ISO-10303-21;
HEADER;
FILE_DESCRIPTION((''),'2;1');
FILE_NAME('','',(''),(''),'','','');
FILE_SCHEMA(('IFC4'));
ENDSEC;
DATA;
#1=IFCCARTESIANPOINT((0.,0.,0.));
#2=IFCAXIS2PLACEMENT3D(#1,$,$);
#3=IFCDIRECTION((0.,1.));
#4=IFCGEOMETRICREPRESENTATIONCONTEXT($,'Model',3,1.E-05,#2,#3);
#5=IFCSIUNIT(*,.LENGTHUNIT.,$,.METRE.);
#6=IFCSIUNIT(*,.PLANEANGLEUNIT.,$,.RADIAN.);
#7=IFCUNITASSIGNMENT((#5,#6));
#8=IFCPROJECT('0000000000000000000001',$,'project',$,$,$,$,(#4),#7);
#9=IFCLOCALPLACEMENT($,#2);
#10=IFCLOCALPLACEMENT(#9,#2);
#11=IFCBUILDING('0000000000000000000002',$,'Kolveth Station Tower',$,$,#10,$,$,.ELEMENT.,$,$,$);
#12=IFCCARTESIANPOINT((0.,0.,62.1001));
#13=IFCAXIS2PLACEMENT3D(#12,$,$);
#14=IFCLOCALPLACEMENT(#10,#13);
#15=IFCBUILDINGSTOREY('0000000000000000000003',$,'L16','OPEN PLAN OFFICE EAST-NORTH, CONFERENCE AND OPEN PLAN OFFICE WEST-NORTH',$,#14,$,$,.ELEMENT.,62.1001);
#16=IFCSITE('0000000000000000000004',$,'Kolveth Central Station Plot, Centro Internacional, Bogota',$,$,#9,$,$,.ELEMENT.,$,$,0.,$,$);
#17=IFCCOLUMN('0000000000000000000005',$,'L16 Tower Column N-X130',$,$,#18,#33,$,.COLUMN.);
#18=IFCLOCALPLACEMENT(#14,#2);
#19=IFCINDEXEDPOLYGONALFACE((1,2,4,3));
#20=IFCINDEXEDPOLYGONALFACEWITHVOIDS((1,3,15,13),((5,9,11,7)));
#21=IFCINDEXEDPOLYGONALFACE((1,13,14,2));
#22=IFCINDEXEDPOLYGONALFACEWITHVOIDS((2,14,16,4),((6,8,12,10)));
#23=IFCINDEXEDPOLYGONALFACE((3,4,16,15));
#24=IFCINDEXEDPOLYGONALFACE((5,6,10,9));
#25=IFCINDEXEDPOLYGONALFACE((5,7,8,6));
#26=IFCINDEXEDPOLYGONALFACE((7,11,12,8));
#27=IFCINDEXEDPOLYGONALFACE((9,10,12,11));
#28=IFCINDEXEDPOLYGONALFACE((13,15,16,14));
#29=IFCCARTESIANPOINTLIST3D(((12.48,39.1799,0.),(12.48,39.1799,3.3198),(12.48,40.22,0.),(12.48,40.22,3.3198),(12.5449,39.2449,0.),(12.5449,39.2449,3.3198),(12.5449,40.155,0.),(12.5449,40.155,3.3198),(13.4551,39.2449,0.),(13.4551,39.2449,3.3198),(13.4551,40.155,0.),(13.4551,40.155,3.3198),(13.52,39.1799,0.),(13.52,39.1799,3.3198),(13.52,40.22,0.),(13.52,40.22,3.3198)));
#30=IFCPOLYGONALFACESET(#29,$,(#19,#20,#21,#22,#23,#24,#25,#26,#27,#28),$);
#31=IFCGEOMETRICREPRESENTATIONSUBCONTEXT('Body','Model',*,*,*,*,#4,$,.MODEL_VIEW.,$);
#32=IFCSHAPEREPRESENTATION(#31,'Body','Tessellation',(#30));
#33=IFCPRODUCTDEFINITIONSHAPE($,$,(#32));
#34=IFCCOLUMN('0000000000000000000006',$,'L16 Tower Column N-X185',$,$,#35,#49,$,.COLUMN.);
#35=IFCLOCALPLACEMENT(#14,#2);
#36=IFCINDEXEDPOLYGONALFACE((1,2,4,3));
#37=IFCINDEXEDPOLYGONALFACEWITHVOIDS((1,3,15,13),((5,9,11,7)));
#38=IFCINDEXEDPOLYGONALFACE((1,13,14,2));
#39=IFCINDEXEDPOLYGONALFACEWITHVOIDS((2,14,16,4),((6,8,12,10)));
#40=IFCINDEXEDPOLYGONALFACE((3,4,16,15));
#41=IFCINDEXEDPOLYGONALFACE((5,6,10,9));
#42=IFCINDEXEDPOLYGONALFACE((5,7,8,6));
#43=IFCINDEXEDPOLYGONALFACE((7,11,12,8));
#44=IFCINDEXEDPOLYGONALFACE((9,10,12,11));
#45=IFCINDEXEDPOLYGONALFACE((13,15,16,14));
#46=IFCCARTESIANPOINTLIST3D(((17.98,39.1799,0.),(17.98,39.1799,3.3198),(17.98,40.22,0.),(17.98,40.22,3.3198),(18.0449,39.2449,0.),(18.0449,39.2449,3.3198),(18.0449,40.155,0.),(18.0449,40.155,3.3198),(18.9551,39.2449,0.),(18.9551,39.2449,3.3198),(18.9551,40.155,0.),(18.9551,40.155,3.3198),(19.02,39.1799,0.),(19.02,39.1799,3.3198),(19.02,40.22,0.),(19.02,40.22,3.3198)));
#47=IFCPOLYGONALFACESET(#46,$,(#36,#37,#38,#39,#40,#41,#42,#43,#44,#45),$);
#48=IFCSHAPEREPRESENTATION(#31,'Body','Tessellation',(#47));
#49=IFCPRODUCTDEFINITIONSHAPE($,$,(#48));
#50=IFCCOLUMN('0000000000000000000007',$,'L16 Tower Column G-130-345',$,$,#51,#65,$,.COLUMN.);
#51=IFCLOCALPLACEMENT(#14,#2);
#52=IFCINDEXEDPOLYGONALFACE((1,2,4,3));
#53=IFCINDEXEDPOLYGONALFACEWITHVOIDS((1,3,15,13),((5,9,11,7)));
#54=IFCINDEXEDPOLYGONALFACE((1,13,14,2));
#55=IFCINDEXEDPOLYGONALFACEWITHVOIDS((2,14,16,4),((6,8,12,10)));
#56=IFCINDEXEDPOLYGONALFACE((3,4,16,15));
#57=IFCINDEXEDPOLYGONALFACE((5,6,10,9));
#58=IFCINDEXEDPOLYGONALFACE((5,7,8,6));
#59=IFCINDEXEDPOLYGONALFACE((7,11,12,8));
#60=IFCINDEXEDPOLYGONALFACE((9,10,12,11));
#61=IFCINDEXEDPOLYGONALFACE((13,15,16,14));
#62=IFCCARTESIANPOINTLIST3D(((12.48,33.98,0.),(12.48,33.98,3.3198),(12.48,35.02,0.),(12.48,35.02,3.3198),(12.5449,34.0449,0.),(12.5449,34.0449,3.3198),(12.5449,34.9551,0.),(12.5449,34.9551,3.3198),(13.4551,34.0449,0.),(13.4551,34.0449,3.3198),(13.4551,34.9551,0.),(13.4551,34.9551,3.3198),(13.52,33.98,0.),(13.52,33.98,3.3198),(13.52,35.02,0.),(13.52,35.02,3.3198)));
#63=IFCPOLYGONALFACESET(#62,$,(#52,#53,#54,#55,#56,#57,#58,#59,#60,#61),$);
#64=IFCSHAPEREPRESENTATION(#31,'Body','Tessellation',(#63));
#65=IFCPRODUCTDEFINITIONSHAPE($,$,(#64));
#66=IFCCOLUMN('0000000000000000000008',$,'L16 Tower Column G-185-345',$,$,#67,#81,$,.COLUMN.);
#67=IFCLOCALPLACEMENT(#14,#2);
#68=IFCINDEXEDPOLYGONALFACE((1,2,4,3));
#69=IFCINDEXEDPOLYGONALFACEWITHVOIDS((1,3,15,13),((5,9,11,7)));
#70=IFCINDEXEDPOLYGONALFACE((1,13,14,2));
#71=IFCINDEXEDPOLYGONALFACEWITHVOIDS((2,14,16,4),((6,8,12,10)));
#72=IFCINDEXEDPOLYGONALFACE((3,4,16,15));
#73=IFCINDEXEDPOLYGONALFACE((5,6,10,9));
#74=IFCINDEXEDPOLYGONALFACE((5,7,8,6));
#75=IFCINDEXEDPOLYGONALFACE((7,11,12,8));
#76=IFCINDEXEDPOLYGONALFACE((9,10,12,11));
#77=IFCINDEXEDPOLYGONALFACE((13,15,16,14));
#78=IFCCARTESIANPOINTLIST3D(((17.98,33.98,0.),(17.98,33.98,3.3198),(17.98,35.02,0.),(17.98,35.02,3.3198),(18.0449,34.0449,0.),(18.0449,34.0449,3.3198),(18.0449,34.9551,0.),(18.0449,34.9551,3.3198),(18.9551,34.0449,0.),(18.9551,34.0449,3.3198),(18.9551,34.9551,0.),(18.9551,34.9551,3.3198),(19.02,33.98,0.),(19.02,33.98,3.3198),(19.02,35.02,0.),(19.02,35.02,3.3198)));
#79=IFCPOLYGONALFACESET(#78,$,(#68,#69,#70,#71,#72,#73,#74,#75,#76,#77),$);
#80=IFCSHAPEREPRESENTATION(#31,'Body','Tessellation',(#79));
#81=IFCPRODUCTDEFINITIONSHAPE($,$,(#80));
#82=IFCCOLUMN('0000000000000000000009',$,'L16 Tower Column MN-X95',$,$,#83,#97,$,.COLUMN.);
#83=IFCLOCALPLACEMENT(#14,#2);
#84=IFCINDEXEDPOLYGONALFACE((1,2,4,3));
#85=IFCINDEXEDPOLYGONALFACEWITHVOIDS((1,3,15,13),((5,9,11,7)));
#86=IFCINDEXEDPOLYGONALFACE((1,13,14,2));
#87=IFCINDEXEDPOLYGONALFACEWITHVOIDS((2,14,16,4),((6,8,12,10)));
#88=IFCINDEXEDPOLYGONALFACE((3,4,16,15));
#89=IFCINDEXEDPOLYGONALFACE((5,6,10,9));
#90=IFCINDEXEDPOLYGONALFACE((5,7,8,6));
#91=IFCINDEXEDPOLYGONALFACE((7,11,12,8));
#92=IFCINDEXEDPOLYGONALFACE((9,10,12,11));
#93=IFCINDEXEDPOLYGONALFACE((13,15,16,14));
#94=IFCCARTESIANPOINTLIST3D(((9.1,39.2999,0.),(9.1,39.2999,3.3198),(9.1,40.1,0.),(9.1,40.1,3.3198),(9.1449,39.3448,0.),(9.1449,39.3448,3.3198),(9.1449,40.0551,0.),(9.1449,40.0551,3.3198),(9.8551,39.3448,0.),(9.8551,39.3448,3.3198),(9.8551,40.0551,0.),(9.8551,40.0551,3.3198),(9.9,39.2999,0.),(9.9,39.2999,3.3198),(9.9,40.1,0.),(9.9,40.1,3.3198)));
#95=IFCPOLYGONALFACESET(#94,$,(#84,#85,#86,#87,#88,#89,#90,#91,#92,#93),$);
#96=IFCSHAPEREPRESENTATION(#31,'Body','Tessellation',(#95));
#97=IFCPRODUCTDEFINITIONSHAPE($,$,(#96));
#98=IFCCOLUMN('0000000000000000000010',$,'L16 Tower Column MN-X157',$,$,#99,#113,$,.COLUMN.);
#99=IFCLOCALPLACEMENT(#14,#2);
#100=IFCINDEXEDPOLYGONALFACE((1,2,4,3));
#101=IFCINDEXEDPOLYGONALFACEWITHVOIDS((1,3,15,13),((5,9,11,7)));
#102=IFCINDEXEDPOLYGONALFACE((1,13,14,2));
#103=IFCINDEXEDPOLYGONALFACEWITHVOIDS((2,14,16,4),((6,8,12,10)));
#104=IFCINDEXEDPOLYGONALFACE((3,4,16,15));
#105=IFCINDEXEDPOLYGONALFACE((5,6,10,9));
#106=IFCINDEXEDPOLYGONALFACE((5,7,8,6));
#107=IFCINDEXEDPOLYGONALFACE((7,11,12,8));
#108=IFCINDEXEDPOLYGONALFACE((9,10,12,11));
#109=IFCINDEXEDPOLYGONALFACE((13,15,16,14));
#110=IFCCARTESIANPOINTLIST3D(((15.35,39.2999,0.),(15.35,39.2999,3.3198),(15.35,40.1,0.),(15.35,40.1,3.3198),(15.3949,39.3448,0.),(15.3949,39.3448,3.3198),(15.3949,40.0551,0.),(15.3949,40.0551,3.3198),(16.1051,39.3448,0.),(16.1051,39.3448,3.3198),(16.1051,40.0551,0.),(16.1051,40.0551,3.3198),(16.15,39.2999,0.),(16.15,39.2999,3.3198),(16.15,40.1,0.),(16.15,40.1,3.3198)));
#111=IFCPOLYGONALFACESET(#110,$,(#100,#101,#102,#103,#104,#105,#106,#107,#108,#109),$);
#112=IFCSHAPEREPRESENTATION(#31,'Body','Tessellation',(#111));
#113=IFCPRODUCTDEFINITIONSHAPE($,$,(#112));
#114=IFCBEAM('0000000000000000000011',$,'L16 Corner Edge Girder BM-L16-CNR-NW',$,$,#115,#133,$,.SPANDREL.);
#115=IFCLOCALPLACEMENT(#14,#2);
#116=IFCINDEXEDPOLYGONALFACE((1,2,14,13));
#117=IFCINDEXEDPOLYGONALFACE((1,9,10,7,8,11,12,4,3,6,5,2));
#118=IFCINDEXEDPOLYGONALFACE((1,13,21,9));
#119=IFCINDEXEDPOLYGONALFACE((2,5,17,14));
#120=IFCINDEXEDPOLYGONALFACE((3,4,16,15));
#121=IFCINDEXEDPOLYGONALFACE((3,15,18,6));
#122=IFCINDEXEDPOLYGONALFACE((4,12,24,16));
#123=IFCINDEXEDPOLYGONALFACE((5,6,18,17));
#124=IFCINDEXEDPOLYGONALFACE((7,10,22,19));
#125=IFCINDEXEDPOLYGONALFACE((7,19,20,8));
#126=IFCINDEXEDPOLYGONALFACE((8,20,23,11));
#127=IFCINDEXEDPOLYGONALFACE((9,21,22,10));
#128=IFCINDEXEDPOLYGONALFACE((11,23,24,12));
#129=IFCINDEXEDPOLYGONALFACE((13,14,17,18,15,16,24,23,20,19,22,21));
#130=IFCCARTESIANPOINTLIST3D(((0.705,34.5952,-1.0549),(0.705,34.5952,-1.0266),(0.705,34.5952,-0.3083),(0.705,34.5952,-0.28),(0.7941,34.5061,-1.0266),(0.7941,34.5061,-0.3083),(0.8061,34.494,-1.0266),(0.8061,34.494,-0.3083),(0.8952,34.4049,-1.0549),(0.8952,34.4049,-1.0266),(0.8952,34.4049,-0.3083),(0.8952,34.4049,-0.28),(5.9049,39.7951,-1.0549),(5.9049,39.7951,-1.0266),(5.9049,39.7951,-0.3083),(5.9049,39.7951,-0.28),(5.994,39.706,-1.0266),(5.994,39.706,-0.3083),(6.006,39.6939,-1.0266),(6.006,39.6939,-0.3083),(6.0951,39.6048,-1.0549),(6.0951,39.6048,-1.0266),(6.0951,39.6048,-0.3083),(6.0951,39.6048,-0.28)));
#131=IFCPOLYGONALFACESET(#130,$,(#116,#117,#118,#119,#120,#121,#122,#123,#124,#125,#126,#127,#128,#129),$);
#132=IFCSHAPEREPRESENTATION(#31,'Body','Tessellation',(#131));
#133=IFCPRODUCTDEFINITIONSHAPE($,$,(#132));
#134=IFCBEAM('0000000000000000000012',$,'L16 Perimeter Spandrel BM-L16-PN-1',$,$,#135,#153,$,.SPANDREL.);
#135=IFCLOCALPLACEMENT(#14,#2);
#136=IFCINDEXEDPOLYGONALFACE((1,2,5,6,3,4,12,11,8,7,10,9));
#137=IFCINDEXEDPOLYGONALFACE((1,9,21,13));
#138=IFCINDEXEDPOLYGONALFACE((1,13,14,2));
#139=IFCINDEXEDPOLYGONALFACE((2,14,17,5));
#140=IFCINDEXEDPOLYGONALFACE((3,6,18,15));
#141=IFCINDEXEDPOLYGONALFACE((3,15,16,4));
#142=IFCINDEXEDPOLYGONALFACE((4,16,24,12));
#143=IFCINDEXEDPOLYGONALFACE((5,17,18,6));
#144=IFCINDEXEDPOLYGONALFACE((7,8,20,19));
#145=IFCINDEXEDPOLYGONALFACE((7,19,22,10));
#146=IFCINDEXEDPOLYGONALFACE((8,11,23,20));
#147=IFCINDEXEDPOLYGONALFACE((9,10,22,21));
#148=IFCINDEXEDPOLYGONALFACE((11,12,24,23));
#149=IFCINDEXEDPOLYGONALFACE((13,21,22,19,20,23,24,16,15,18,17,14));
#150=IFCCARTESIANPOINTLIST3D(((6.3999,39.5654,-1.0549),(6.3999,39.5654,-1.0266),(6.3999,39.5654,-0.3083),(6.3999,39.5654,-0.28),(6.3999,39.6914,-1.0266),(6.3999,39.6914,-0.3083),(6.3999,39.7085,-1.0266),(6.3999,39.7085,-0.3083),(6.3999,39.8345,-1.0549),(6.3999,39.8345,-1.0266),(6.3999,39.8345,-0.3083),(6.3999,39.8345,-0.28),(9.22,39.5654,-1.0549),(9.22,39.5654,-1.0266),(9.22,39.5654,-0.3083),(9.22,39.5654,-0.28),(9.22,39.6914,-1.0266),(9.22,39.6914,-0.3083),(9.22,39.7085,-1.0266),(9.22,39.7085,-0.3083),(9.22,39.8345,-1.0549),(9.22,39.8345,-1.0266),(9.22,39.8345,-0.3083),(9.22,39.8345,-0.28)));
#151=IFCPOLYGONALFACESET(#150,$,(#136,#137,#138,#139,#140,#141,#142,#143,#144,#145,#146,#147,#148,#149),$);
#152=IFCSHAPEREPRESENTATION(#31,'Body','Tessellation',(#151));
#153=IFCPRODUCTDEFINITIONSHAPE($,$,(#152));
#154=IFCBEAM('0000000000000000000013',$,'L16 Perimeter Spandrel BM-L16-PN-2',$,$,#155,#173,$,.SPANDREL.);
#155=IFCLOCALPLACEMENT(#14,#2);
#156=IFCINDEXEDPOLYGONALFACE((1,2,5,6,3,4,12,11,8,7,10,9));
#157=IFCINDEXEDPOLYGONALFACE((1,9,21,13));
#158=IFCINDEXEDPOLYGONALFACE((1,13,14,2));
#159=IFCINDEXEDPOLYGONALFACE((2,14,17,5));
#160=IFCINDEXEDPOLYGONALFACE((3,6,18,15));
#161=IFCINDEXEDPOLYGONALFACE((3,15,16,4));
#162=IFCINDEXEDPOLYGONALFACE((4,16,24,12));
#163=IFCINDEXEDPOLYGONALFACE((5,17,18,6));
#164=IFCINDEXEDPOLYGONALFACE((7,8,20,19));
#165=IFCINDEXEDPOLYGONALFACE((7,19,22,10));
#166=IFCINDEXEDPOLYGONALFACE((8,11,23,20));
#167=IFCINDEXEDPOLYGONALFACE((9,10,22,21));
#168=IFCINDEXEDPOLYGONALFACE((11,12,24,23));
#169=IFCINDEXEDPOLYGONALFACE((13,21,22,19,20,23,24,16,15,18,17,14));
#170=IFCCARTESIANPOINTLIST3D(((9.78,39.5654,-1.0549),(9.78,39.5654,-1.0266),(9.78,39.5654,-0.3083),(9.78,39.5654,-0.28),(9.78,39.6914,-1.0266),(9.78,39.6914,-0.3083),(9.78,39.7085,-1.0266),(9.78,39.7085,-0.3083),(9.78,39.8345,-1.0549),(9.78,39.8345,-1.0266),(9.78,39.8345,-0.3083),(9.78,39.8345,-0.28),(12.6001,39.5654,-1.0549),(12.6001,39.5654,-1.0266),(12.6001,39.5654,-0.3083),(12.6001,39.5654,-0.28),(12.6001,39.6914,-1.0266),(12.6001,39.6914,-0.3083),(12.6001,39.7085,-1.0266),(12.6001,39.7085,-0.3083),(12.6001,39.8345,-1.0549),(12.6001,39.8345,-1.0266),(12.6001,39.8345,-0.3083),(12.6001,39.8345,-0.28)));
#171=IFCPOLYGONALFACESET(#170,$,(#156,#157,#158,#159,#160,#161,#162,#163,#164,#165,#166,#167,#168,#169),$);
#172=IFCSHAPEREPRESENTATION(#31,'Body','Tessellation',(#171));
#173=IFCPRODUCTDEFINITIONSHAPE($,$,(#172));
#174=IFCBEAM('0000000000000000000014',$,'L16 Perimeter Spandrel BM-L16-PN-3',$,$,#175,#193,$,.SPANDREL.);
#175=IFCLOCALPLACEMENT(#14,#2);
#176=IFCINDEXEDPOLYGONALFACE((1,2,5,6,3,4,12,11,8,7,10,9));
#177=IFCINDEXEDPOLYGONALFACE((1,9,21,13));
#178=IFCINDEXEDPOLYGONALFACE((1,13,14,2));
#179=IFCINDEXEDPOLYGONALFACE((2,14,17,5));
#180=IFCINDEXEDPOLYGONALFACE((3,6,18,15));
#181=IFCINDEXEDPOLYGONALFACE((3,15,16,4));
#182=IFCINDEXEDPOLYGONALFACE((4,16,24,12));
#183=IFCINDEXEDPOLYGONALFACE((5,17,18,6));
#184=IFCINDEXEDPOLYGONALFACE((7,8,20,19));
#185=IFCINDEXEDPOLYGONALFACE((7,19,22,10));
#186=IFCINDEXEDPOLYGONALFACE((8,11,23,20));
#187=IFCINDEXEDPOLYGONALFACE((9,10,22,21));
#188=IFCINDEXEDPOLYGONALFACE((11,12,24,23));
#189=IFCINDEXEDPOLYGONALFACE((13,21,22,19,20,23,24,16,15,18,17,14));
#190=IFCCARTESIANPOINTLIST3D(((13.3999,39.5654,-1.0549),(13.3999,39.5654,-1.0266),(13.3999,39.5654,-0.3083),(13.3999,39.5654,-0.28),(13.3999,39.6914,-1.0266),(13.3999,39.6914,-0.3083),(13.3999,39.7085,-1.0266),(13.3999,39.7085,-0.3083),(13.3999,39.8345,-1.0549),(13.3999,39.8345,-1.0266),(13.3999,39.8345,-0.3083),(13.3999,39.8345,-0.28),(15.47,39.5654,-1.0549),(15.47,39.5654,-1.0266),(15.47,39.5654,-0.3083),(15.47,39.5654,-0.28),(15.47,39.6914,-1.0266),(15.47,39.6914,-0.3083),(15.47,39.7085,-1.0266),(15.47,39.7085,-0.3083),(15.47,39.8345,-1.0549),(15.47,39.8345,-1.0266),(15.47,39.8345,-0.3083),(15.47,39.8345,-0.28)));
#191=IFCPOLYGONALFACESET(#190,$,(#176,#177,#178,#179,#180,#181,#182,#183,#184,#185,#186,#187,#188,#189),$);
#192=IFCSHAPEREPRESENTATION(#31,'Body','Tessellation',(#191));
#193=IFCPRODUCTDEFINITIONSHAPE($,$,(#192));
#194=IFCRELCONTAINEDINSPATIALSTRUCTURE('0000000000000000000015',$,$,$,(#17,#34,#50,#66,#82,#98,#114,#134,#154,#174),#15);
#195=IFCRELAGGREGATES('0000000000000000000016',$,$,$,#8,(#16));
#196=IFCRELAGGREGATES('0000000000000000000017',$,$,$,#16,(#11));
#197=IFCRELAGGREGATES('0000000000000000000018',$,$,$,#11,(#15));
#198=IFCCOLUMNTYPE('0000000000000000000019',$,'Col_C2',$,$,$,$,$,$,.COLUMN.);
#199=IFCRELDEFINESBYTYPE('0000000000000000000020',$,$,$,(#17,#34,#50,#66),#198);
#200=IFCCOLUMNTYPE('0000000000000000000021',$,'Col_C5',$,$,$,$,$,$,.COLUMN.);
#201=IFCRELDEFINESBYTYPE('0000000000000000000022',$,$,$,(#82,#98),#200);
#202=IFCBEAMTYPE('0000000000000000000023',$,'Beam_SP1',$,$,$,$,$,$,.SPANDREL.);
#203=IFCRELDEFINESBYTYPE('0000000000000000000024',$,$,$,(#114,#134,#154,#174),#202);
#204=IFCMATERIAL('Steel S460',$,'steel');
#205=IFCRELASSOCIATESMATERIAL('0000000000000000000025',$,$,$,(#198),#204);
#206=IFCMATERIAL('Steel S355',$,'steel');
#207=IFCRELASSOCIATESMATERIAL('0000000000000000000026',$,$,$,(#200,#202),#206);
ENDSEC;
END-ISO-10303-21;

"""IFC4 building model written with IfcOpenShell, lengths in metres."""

from ifc_helpers import new_model, si_unit, direction, frame, origin, origin_2d, place, context, subcontext, project, spatial, hollow_rectangle, i_section, extrude, source, transform, mapped, material, material_profile, profile_set, type_object, element, save


model = new_model("IFC4")

# Units and contexts
model_context = context("Model", 3, precision=1e-05, world=origin(), true_north=direction((0.0, 1.0)))
body_context = subcontext(model_context, "Body", "Model", "MODEL_VIEW")
ifc_project = project(units=[si_unit("LENGTHUNIT", "METRE"), si_unit("PLANEANGLEUNIT", "RADIAN")], contexts=[model_context])

# Site, building, storey
site_placement = place(None, origin())
site = spatial("IfcSite", under=ifc_project, at=site_placement, Name="Kolveth Central Station Plot, Centro Internacional, Bogota", CompositionType="ELEMENT", RefElevation=0.0)
building_placement = place(site_placement, origin())
building = spatial("IfcBuilding", under=site, at=building_placement, Name="Kolveth Station Tower", CompositionType="ELEMENT")
storey_placement = place(building_placement, frame((0.0, 0.0, 62.1001)))
storey = spatial("IfcBuildingStorey", under=building, at=storey_placement, Name="L16", Description="OPEN PLAN OFFICE EAST-NORTH, CONFERENCE AND OPEN PLAN OFFICE WEST-NORTH", CompositionType="ELEMENT", Elevation=62.1001)

# Columns
ifc_material_1 = material(Name="Steel S460", Category="steel")
ifc_material_profile_1 = material_profile(ifc_material_1, hollow_rectangle(XDim=1.04, YDim=1.04, WallThickness=0.0649, at=origin_2d()), Name="BOX1040x1040x65")
ifc_profile_set_1 = profile_set([ifc_material_profile_1], Name="Steel S460")
column_type_1 = type_object("IfcColumnType", Name="Col_C2", PredefinedType="COLUMN", material=ifc_profile_set_1)
shared_shape_1 = source(origin(), body_context, "Body", "SweptSolid", [
    extrude(hollow_rectangle(XDim=1.04, YDim=1.04, WallThickness=0.0649, at=origin_2d()), origin(), (0.0, 0.0, 1.0), 3.3198),
])
for number, where, z_axis, x_axis, name in (
    (1, (13.0, 39.7, 0.0), (0.0, 0.0, 1.0), (1.0, 0.0, 0.0), "L16 Tower Column N-X130"),
    (2, (18.5, 39.7, 0.0), (0.0, 0.0, 1.0), (1.0, 0.0, 0.0), "L16 Tower Column N-X185"),
    (3, (13.0, 34.5, 0.0), (0.0, 0.0, 1.0), (1.0, 0.0, 0.0), "L16 Tower Column G-130-345"),
    (4, (18.5, 34.5, 0.0), (0.0, 0.0, 1.0), (1.0, 0.0, 0.0), "L16 Tower Column G-185-345"),
):
    element("IfcColumn", number, at=place(storey_placement, frame(where, z_axis=z_axis, x_axis=x_axis)), inside=storey, type_object=column_type_1, Name=name, PredefinedType="COLUMN", context=body_context, shape_type="MappedRepresentation", body=[
        mapped(shared_shape_1, transform((0.0, 0.0, 0.0), x_axis=(1.0, 0.0, 0.0), y_axis=(0.0, 1.0, 0.0), z_axis=(0.0, 0.0, 1.0), scale=1.0)),
    ])
ifc_material_2 = material(Name="Steel S355", Category="steel")
ifc_material_profile_2 = material_profile(ifc_material_2, hollow_rectangle(XDim=0.8, YDim=0.8, WallThickness=0.0449, at=origin_2d()), Name="BOX800x800x45")
ifc_profile_set_2 = profile_set([ifc_material_profile_2], Name="Steel S355")
column_type_2 = type_object("IfcColumnType", Name="Col_C5", PredefinedType="COLUMN", material=ifc_profile_set_2)
shared_shape_2 = source(origin(), body_context, "Body", "SweptSolid", [
    extrude(hollow_rectangle(XDim=0.8, YDim=0.8, WallThickness=0.0449, at=origin_2d()), origin(), (0.0, 0.0, 1.0), 3.3198),
])
for number, where, z_axis, x_axis, name in (
    (5, (9.5, 39.7, 0.0), (0.0, 0.0, 1.0), (1.0, 0.0, 0.0), "L16 Tower Column MN-X95"),
    (6, (15.75, 39.7, 0.0), (0.0, 0.0, 1.0), (1.0, 0.0, 0.0), "L16 Tower Column MN-X157"),
):
    element("IfcColumn", number, at=place(storey_placement, frame(where, z_axis=z_axis, x_axis=x_axis)), inside=storey, type_object=column_type_2, Name=name, PredefinedType="COLUMN", context=body_context, shape_type="MappedRepresentation", body=[
        mapped(shared_shape_2, transform((0.0, 0.0, 0.0), x_axis=(1.0, 0.0, 0.0), y_axis=(0.0, 1.0, 0.0), z_axis=(0.0, 0.0, 1.0), scale=1.0)),
    ])

# Beams
ifc_material_profile_3 = material_profile(ifc_material_2, i_section(OverallWidth=0.269, OverallDepth=0.7749, WebThickness=0.0171, FlangeThickness=0.0283, at=origin_2d()), Name="W760x220")
ifc_profile_set_3 = profile_set([ifc_material_profile_3], Name="Steel S355")
beam_type_1 = type_object("IfcBeamType", Name="Beam_SP1", PredefinedType="SPANDREL", material=ifc_profile_set_3)
shared_shape_3 = source(origin(), body_context, "Body", "SweptSolid", [
    extrude(i_section(OverallWidth=0.269, OverallDepth=0.7749, WebThickness=0.0171, FlangeThickness=0.0283, at=origin_2d()), origin(), (0.0, 0.0, 1.0), 7.3538),
])
beam_1_placement = place(storey_placement, frame((6.0, 39.7, -0.6675), z_axis=(-0.707107, -0.707107, 0.0), x_axis=(0.707107, -0.707107, 0.0)))
element("IfcBeam", 7, at=beam_1_placement, inside=storey, type_object=beam_type_1, Name="L16 Corner Edge Girder BM-L16-CNR-NW", PredefinedType="SPANDREL", context=body_context, shape_type="MappedRepresentation", body=[
    mapped(shared_shape_3, transform((0.0, 0.0, 0.0), x_axis=(1.0, 0.0, 0.0), y_axis=(0.0, 1.0, 0.0), z_axis=(0.0, 0.0, 1.0), scale=1.0)),
])
shared_shape_4 = source(origin(), body_context, "Body", "SweptSolid", [
    extrude(i_section(OverallWidth=0.269, OverallDepth=0.7749, WebThickness=0.0171, FlangeThickness=0.0283, at=origin_2d()), origin(), (0.0, 0.0, 1.0), 2.8201),
])
for number, where, z_axis, x_axis, name in (
    (8, (6.3999, 39.7, -0.6675), (1.0, 0.0, 0.0), (0.0, 1.0, 0.0), "L16 Perimeter Spandrel BM-L16-PN-1"),
    (9, (9.78, 39.7, -0.6675), (1.0, 0.0, 0.0), (0.0, 1.0, 0.0), "L16 Perimeter Spandrel BM-L16-PN-2"),
):
    element("IfcBeam", number, at=place(storey_placement, frame(where, z_axis=z_axis, x_axis=x_axis)), inside=storey, type_object=beam_type_1, Name=name, PredefinedType="SPANDREL", context=body_context, shape_type="MappedRepresentation", body=[
        mapped(shared_shape_4, transform((0.0, 0.0, 0.0), x_axis=(1.0, 0.0, 0.0), y_axis=(0.0, 1.0, 0.0), z_axis=(0.0, 0.0, 1.0), scale=1.0)),
    ])
shared_shape_5 = source(origin(), body_context, "Body", "SweptSolid", [
    extrude(i_section(OverallWidth=0.269, OverallDepth=0.7749, WebThickness=0.0171, FlangeThickness=0.0283, at=origin_2d()), origin(), (0.0, 0.0, 1.0), 2.0701),
])
for number, where, z_axis, x_axis, name in (
    (10, (13.3999, 39.7, -0.6675), (1.0, 0.0, 0.0), (0.0, 1.0, 0.0), "L16 Perimeter Spandrel BM-L16-PN-3"),
):
    element("IfcBeam", number, at=place(storey_placement, frame(where, z_axis=z_axis, x_axis=x_axis)), inside=storey, type_object=beam_type_1, Name=name, PredefinedType="SPANDREL", context=body_context, shape_type="MappedRepresentation", body=[
        mapped(shared_shape_5, transform((0.0, 0.0, 0.0), x_axis=(1.0, 0.0, 0.0), y_axis=(0.0, 1.0, 0.0), z_axis=(0.0, 0.0, 1.0), scale=1.0)),
    ])

save(model, "model.ifc")
